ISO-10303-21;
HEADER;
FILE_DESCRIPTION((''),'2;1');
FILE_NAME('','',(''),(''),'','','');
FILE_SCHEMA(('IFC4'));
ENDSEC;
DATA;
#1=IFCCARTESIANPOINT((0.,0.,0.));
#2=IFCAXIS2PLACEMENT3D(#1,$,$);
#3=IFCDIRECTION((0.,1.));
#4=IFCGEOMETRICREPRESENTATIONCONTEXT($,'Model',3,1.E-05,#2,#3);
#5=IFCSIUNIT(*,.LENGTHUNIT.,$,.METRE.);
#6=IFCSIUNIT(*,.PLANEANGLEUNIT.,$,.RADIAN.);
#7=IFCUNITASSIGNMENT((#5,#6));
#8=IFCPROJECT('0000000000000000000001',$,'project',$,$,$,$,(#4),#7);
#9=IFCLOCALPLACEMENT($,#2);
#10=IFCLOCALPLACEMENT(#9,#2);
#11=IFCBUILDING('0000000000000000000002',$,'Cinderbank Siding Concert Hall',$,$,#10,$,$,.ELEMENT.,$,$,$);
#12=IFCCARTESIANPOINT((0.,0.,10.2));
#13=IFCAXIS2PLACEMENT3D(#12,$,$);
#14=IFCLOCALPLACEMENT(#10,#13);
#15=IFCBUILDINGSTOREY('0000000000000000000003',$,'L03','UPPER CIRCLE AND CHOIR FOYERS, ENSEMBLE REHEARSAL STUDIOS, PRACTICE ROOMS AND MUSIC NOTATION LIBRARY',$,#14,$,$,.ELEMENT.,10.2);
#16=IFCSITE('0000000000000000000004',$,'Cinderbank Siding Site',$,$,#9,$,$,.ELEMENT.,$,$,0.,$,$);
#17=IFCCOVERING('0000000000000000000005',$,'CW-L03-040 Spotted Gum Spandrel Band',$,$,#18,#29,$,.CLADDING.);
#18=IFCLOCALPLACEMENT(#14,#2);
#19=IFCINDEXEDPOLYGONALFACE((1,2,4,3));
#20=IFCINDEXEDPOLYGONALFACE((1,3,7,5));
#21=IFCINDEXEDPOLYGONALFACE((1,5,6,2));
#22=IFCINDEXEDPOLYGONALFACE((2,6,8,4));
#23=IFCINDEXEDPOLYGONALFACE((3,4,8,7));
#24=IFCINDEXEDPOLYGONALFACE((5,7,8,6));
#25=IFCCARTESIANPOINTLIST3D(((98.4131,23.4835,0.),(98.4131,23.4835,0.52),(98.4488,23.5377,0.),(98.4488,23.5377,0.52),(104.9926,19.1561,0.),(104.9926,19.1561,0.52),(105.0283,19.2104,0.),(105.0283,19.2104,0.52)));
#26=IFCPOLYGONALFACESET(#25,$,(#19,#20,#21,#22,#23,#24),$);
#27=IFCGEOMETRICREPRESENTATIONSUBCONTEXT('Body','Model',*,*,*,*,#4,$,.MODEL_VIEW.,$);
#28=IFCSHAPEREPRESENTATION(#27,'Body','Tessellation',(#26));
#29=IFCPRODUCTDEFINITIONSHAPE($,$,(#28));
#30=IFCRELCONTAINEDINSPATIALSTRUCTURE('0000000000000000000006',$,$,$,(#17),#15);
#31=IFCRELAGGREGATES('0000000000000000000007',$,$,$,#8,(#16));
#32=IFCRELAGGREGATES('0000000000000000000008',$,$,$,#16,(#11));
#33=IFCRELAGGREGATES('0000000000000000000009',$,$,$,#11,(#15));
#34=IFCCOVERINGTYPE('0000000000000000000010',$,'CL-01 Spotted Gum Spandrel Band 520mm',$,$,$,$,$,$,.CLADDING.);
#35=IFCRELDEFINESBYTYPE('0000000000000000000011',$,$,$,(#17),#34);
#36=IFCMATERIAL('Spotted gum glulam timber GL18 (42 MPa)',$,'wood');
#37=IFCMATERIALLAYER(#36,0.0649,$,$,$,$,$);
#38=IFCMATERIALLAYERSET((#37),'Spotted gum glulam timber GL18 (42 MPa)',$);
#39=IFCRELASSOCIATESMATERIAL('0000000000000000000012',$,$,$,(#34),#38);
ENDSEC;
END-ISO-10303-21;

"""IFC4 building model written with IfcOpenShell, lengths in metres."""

from ifc_helpers import new_model, si_unit, direction, frame, origin, origin_2d, place, context, subcontext, project, spatial, rectangle, extrude, material, layer, layer_set, type_object, element, save


model = new_model("IFC4")

# Units and contexts
model_context = context("Model", 3, precision=1e-05, world=origin(), true_north=direction((0.0, 1.0)))
body_context = subcontext(model_context, "Body", "Model", "MODEL_VIEW")
ifc_project = project(units=[si_unit("LENGTHUNIT", "METRE"), si_unit("PLANEANGLEUNIT", "RADIAN")], contexts=[model_context])

# Site, building, storey
site_placement = place(None, origin())
site = spatial("IfcSite", under=ifc_project, at=site_placement, Name="Cinderbank Siding Site", CompositionType="ELEMENT", RefElevation=0.0)
building_placement = place(site_placement, origin())
building = spatial("IfcBuilding", under=site, at=building_placement, Name="Cinderbank Siding Concert Hall", CompositionType="ELEMENT")
storey_placement = place(building_placement, frame((0.0, 0.0, 10.2)))
storey = spatial("IfcBuildingStorey", under=building, at=storey_placement, Name="L03", Description="UPPER CIRCLE AND CHOIR FOYERS, ENSEMBLE REHEARSAL STUDIOS, PRACTICE ROOMS AND MUSIC NOTATION LIBRARY", CompositionType="ELEMENT", Elevation=10.2)

# Shared definitions
ifc_material_1 = material(Name="Spotted gum glulam timber GL18 (42 MPa)", Category="wood")

# Covering
ifc_layer_1 = layer(ifc_material_1, 0.0649)
ifc_layer_set_1 = layer_set([ifc_layer_1], Name="Spotted gum glulam timber GL18 (42 MPa)")
covering_type = type_object("IfcCoveringType", Name="CL-01 Spotted Gum Spandrel Band 520mm", PredefinedType="CLADDING", material=ifc_layer_set_1)
covering_placement = place(storey_placement, frame((101.7207, 21.3469, 0.0), z_axis=(0.0, 0.0, 1.0), x_axis=(0.835492, -0.549503, 0.0)))
element("IfcCovering", 1, at=covering_placement, inside=storey, type_object=covering_type, Name="CW-L03-040 Spotted Gum Spandrel Band", PredefinedType="CLADDING", context=body_context, shape_type="SweptSolid", body=[
    extrude(rectangle(XDim=7.875, YDim=0.0649, at=origin_2d()), origin(), (0.0, 0.0, 1.0), 0.52),
])

save(model, "model.ifc")
